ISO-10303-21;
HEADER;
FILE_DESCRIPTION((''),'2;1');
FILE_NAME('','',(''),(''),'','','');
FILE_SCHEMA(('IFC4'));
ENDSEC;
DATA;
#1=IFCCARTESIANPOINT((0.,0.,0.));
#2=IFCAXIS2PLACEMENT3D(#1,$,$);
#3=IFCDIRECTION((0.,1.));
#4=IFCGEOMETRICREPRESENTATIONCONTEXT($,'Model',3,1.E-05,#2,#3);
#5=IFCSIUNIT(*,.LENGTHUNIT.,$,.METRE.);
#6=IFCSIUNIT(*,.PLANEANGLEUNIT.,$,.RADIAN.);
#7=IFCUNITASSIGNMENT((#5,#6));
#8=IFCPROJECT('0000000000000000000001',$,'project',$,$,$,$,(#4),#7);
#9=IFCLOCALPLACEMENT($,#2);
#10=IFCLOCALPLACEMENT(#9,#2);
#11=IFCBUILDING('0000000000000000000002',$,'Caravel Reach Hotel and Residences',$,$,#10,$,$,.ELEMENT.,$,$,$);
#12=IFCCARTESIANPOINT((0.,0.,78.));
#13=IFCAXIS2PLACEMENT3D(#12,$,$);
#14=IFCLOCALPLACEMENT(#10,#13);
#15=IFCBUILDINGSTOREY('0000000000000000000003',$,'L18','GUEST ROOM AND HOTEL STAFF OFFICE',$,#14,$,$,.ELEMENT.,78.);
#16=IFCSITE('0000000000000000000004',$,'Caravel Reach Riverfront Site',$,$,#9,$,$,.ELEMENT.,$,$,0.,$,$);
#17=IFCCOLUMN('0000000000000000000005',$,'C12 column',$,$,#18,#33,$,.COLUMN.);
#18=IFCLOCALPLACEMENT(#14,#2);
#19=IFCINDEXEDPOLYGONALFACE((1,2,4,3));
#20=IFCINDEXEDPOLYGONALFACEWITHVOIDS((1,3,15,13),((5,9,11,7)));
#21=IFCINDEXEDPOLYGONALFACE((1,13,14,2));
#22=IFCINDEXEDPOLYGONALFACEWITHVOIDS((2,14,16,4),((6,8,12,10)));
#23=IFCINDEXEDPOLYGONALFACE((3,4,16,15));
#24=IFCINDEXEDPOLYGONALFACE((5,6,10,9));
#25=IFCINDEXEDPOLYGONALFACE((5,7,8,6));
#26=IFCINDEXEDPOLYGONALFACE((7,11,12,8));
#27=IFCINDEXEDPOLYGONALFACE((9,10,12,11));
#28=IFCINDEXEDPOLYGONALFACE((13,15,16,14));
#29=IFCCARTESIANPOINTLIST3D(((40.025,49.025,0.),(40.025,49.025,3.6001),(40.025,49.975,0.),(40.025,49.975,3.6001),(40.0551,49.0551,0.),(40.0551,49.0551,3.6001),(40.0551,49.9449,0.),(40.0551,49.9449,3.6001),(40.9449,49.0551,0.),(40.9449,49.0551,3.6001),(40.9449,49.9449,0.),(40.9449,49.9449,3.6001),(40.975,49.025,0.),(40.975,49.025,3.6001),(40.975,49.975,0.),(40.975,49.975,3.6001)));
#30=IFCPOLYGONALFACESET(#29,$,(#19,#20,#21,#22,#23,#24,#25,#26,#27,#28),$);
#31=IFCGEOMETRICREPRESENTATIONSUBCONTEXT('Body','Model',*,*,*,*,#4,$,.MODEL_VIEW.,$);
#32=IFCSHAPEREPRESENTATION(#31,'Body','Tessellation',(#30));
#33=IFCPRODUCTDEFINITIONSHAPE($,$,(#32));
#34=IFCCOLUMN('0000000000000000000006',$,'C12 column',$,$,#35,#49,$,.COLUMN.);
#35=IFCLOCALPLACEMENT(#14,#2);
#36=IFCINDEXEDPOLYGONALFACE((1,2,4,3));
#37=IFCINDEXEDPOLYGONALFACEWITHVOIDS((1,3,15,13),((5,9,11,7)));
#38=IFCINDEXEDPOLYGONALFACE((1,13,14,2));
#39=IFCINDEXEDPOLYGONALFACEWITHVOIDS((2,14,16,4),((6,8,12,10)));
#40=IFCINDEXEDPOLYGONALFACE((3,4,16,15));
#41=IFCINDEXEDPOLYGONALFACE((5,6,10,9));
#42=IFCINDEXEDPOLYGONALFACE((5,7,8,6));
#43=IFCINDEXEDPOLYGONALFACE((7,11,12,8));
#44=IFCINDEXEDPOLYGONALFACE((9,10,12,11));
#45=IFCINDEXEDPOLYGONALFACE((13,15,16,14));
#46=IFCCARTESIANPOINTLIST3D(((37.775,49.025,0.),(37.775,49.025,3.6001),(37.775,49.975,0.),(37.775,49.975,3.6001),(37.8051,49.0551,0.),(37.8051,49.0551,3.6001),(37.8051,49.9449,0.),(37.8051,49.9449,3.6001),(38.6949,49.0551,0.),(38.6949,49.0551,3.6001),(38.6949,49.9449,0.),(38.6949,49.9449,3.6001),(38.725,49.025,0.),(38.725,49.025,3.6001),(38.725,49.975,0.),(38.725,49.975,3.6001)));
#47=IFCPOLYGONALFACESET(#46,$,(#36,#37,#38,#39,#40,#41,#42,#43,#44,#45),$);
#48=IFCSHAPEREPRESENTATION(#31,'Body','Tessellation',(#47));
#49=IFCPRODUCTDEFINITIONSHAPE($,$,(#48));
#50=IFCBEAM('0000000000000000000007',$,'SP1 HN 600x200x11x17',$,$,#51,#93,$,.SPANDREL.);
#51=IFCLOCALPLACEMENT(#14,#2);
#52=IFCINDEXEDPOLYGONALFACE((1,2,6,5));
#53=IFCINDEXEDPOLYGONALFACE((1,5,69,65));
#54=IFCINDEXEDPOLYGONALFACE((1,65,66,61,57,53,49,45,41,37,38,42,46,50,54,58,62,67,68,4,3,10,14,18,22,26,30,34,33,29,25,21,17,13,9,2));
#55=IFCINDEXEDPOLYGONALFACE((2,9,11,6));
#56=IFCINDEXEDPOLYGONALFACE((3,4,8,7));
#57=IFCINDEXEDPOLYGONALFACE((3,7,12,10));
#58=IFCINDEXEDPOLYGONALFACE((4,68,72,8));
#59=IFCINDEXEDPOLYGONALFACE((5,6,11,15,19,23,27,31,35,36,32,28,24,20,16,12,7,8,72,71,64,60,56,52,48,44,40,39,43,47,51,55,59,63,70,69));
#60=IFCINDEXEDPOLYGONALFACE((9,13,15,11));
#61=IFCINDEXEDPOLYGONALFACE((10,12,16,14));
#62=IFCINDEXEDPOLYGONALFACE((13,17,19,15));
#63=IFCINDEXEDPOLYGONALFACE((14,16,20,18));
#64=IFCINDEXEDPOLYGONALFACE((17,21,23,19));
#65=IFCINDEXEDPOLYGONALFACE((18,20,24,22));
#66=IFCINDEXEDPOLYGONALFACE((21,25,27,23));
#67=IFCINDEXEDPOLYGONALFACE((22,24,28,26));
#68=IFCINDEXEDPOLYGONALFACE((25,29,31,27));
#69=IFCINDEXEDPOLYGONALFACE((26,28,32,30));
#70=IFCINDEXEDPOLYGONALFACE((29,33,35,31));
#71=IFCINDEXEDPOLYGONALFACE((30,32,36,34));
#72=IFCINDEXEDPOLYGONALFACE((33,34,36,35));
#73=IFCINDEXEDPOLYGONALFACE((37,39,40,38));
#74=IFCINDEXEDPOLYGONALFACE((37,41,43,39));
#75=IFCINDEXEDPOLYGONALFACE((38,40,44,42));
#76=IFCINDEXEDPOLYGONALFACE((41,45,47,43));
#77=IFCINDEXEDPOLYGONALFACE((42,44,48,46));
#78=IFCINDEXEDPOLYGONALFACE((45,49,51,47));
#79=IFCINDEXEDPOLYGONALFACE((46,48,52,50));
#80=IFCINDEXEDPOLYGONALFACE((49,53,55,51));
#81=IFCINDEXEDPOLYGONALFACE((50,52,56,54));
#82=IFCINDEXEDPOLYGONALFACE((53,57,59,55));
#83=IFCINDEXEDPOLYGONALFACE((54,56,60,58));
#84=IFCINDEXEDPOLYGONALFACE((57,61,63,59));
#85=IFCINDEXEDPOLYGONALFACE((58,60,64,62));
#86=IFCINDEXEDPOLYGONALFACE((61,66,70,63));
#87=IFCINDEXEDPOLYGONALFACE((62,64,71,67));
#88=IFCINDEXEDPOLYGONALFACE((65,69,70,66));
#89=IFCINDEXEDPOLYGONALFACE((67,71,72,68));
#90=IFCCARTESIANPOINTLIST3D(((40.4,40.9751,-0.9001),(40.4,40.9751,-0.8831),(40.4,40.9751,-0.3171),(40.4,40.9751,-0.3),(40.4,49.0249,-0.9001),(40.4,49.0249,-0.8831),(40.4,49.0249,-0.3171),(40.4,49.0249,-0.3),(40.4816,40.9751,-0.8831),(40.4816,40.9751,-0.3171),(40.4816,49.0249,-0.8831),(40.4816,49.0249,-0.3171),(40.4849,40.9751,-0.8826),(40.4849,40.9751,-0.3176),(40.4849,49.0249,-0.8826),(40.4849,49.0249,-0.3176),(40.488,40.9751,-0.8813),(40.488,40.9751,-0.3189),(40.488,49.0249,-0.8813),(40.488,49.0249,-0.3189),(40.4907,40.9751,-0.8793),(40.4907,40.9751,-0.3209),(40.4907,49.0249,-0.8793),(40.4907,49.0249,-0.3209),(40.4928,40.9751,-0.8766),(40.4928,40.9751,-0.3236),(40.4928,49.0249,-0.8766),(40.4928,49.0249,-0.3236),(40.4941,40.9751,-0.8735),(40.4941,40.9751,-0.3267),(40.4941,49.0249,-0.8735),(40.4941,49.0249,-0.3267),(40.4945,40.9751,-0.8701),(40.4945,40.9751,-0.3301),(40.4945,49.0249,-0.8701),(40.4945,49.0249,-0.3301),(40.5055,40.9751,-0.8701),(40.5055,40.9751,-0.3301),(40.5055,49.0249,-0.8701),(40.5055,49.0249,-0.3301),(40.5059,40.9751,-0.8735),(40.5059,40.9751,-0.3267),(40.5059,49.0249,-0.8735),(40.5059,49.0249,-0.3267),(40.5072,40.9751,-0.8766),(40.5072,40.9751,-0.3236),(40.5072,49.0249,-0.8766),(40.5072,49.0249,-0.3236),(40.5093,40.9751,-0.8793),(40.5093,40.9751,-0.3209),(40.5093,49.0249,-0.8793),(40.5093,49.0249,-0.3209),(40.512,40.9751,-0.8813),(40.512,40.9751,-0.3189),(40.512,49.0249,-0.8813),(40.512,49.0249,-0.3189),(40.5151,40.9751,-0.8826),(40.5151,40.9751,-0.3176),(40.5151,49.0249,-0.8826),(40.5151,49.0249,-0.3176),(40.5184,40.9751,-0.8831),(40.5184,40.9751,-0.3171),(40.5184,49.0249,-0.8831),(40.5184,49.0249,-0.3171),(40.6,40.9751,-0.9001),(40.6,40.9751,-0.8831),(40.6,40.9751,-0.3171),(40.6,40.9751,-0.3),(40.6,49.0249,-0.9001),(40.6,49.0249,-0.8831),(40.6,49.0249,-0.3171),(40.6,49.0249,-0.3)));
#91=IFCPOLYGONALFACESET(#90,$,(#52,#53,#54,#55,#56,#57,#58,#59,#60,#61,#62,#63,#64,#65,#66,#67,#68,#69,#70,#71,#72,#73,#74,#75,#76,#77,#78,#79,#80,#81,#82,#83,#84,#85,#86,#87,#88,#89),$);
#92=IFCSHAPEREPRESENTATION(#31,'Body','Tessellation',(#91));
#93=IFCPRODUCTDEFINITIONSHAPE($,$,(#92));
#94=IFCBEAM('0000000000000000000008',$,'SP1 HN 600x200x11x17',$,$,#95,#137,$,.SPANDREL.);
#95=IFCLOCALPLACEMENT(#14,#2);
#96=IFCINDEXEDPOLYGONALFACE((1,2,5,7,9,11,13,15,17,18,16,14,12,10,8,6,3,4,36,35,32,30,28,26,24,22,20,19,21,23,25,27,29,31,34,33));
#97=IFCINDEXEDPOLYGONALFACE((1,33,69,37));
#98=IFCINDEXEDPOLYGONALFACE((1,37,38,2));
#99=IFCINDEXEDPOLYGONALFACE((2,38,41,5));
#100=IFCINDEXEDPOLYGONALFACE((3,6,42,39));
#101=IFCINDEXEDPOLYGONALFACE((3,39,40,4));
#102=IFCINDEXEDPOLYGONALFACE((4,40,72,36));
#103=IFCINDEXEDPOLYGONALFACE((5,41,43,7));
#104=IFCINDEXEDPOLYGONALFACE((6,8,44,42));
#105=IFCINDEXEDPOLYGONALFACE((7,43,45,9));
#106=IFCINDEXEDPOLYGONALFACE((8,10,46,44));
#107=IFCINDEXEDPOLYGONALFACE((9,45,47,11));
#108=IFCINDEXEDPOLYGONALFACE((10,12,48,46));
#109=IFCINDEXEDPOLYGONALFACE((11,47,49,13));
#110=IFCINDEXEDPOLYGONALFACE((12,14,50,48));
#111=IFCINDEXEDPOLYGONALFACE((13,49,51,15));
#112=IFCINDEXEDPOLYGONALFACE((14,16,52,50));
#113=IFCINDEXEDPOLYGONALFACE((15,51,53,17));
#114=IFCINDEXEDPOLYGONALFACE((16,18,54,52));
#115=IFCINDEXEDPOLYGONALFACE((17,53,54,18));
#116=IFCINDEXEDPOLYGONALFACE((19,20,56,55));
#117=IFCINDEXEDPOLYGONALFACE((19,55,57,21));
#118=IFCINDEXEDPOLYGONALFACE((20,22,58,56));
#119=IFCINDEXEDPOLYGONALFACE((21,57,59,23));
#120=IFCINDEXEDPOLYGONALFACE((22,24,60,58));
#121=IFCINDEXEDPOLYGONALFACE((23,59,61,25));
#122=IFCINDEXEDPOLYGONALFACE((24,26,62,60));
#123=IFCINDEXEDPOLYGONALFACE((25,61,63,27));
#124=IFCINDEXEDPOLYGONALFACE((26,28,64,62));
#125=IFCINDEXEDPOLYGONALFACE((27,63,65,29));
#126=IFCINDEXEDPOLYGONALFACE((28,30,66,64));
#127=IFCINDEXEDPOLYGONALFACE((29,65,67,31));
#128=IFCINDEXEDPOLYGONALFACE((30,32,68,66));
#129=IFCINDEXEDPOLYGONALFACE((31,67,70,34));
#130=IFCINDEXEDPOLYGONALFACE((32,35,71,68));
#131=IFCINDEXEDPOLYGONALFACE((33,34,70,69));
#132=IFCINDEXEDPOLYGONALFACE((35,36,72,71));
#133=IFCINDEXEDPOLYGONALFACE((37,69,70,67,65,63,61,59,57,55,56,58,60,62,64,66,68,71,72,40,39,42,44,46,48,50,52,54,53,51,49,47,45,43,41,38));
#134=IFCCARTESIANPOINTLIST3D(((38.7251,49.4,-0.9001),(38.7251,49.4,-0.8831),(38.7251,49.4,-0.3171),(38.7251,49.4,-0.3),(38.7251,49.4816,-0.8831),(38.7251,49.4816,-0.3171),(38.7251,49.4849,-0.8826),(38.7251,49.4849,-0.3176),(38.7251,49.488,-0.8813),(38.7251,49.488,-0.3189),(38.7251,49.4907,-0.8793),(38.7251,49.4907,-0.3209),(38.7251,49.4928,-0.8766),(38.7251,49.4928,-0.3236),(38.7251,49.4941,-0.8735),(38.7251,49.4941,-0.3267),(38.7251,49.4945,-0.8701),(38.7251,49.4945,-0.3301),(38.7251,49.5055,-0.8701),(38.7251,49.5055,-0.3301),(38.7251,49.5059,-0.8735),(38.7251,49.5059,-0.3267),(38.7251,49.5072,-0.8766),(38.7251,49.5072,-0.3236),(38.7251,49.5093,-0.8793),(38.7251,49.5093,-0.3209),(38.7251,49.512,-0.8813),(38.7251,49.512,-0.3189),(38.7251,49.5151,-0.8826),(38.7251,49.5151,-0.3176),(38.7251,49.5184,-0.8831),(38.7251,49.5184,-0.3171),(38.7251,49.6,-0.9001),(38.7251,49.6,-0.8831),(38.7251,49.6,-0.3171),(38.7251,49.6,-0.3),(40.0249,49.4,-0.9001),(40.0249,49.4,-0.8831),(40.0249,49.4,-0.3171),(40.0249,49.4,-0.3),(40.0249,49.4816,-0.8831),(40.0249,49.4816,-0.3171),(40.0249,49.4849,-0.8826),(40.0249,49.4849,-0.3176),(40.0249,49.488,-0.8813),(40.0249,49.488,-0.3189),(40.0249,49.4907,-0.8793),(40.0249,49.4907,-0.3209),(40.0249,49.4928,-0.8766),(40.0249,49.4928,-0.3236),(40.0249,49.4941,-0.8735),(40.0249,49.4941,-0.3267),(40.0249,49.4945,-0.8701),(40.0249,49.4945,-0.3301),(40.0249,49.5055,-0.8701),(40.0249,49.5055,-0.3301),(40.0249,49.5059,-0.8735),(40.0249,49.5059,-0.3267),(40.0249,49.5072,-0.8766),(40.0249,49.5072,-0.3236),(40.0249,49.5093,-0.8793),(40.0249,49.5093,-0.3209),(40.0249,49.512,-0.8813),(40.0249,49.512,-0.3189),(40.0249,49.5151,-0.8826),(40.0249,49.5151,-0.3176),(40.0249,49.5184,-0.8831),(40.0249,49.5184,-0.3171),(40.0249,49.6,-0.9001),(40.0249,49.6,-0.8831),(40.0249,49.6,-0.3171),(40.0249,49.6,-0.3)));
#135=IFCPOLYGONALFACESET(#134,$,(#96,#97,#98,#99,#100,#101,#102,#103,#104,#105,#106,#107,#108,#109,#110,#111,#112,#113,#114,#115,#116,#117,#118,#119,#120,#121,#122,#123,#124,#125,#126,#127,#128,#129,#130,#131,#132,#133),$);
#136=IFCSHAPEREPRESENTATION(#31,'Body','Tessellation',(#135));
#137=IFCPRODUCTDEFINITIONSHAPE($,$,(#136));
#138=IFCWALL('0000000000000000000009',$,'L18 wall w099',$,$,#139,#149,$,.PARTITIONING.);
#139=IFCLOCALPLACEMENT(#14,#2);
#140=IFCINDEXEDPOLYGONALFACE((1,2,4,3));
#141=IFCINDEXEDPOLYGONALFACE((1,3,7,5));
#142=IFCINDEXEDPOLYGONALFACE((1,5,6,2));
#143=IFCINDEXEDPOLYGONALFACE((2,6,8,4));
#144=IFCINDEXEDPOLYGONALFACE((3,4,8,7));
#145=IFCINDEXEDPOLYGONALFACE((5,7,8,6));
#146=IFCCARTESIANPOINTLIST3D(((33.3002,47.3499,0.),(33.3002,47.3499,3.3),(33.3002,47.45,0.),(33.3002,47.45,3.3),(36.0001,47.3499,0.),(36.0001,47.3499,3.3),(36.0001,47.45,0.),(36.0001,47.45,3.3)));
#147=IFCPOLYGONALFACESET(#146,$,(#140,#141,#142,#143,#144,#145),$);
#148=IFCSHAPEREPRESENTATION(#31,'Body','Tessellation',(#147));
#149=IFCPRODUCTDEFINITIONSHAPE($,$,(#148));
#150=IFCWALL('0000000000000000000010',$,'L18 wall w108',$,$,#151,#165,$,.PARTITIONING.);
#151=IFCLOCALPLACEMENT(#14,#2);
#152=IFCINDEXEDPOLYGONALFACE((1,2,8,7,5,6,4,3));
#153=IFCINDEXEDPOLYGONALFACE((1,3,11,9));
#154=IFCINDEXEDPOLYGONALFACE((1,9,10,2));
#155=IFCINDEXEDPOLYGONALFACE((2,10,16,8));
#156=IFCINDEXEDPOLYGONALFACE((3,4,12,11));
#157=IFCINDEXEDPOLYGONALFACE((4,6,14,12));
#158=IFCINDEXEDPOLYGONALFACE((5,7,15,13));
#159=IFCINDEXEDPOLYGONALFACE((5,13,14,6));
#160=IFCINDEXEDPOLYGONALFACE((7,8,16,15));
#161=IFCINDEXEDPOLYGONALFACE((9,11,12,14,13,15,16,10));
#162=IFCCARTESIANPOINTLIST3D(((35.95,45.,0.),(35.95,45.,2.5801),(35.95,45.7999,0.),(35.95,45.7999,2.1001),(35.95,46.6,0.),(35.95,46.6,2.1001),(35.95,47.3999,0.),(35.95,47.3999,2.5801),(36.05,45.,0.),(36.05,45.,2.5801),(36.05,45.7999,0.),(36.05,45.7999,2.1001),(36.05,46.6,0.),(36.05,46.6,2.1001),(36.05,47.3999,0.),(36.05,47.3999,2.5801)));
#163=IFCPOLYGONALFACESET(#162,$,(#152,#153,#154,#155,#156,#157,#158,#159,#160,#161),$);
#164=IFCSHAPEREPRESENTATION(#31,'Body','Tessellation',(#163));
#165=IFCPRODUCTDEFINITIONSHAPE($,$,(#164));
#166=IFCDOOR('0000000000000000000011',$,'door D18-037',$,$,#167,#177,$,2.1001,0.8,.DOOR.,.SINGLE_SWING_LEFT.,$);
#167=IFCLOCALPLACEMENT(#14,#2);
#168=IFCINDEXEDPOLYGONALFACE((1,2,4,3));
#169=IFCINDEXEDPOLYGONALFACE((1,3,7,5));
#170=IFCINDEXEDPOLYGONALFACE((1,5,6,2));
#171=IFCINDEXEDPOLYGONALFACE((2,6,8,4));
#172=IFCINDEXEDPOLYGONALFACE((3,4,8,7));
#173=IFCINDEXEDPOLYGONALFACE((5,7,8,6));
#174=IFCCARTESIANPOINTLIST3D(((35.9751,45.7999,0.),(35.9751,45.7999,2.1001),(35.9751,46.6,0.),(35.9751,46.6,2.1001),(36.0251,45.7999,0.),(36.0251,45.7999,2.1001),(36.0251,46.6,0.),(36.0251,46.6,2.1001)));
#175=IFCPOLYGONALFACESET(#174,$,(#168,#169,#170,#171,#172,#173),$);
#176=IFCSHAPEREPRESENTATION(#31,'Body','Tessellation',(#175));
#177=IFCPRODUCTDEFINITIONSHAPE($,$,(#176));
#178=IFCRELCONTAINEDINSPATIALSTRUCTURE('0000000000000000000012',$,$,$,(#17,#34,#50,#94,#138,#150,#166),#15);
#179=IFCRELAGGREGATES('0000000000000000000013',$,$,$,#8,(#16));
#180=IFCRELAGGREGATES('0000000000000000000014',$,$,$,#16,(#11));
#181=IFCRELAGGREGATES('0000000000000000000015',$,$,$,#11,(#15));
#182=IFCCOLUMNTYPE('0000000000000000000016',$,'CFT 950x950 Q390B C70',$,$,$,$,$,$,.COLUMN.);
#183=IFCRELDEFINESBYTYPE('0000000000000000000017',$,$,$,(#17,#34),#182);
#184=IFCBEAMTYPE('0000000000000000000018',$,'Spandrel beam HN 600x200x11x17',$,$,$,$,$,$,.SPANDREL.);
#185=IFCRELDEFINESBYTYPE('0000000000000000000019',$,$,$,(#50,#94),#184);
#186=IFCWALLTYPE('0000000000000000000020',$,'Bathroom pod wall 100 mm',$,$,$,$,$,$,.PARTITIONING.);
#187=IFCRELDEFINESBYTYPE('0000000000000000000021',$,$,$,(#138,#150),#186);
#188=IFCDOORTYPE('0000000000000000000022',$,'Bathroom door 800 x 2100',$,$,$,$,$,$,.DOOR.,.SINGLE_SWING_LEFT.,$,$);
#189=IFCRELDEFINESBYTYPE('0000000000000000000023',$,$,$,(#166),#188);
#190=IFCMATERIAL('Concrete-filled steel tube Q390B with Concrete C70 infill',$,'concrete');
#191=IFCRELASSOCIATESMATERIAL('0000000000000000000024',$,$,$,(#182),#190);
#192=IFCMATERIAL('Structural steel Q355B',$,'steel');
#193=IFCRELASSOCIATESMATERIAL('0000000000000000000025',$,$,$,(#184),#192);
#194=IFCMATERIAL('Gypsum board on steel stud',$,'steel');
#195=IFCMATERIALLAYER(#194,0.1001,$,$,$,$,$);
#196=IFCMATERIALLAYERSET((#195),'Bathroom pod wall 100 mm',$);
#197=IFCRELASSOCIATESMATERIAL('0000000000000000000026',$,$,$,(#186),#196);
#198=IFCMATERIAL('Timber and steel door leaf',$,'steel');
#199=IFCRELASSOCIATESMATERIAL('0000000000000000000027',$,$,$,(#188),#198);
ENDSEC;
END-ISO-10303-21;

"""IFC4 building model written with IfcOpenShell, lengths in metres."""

from ifc_helpers import new_model, si_unit, direction, frame, frame_2d, origin, origin_2d, place, context, subcontext, project, spatial, rectangle, hollow_rectangle, i_section, extrude, material, layer, layer_set, material_profile, profile_set, type_object, element, fill, save


model = new_model("IFC4")

# Units and contexts
model_context = context("Model", 3, precision=1e-05, world=origin(), true_north=direction((0.0, 1.0)))
body_context = subcontext(model_context, "Body", "Model", "MODEL_VIEW")
ifc_project = project(units=[si_unit("LENGTHUNIT", "METRE"), si_unit("PLANEANGLEUNIT", "RADIAN")], contexts=[model_context])

# Site, building, storey
site_placement = place(None, origin())
site = spatial("IfcSite", under=ifc_project, at=site_placement, Name="Caravel Reach Riverfront Site", CompositionType="ELEMENT", RefElevation=0.0)
building_placement = place(site_placement, origin())
building = spatial("IfcBuilding", under=site, at=building_placement, Name="Caravel Reach Hotel and Residences", CompositionType="ELEMENT")
storey_placement = place(building_placement, frame((0.0, 0.0, 78.0)))
storey = spatial("IfcBuildingStorey", under=building, at=storey_placement, Name="L18", Description="GUEST ROOM AND HOTEL STAFF OFFICE", CompositionType="ELEMENT", Elevation=78.0)

# Columns
ifc_material_1 = material(Name="Concrete-filled steel tube Q390B with Concrete C70 infill", Category="concrete")
ifc_material_profile_1 = material_profile(ifc_material_1, hollow_rectangle(XDim=0.95, YDim=0.95, WallThickness=0.03, at=origin_2d()), Name="RHS 950x950x30")
ifc_profile_set_1 = profile_set([ifc_material_profile_1], Name="Concrete-filled steel tube Q390B with Concrete C70 infill")
column_type = type_object("IfcColumnType", Name="CFT 950x950 Q390B C70", PredefinedType="COLUMN", material=ifc_profile_set_1)
for number, where, z_axis, x_axis, name in (
    (1, (40.5, 49.5, 0.0), (0.0, 0.0, 1.0), (1.0, 0.0, 0.0), "C12 column"),
    (2, (38.25, 49.5, 0.0), (0.0, 0.0, 1.0), (1.0, 0.0, 0.0), "C12 column"),
):
    element("IfcColumn", number, at=place(storey_placement, frame(where, z_axis=z_axis, x_axis=x_axis)), inside=storey, type_object=column_type, Name=name, PredefinedType="COLUMN", context=body_context, shape_type="SweptSolid", body=[
        extrude(hollow_rectangle(XDim=0.95, YDim=0.95, WallThickness=0.03, at=origin_2d()), origin(), (0.0, 0.0, 1.0), 3.6001),
    ])

# Beams
ifc_material_2 = material(Name="Structural steel Q355B", Category="steel")
ifc_material_profile_2 = material_profile(ifc_material_2, i_section(OverallWidth=0.2, OverallDepth=0.6001, WebThickness=0.011, FlangeThickness=0.0171, FilletRadius=0.0129, at=origin_2d()), Name="HN 600x200x11x17")
ifc_profile_set_2 = profile_set([ifc_material_profile_2], Name="Structural steel Q355B")
beam_type = type_object("IfcBeamType", Name="Spandrel beam HN 600x200x11x17", PredefinedType="SPANDREL", material=ifc_profile_set_2)
beam_1_placement = place(storey_placement, frame((40.5, 40.9751, -0.6001), z_axis=(0.0, 1.0, 0.0), x_axis=(-1.0, 0.0, 0.0)))
element("IfcBeam", 3, at=beam_1_placement, inside=storey, type_object=beam_type, Name="SP1 HN 600x200x11x17", PredefinedType="SPANDREL", context=body_context, shape_type="SweptSolid", body=[
    extrude(i_section(OverallWidth=0.2, OverallDepth=0.6001, WebThickness=0.011, FlangeThickness=0.0171, FilletRadius=0.0129, at=origin_2d()), origin(), (0.0, 0.0, 1.0), 8.0498),
])
beam_2_placement = place(storey_placement, frame((40.0249, 49.5, -0.6001), z_axis=(-1.0, 0.0, 0.0), x_axis=(0.0, -1.0, 0.0)))
element("IfcBeam", 4, at=beam_2_placement, inside=storey, type_object=beam_type, Name="SP1 HN 600x200x11x17", PredefinedType="SPANDREL", context=body_context, shape_type="SweptSolid", body=[
    extrude(i_section(OverallWidth=0.2, OverallDepth=0.6001, WebThickness=0.011, FlangeThickness=0.0171, FilletRadius=0.0129, at=origin_2d()), origin(), (0.0, 0.0, 1.0), 1.2998),
])

# Wall
ifc_material_3 = material(Name="Gypsum board on steel stud", Category="steel")
ifc_layer_1 = layer(ifc_material_3, 0.1001)
ifc_layer_set_1 = layer_set([ifc_layer_1], Name="Bathroom pod wall 100 mm")
wall_type_1 = type_object("IfcWallType", Name="Bathroom pod wall 100 mm", PredefinedType="PARTITIONING", material=ifc_layer_set_1)
wall_1_placement = place(storey_placement, frame((33.3, 47.3999, 0.0), z_axis=(0.0, 0.0, 1.0), x_axis=(1.0, 0.0, 0.0)))
element("IfcWall", 5, at=wall_1_placement, inside=storey, type_object=wall_type_1, Name="L18 wall w099", PredefinedType="PARTITIONING", context=body_context, shape_type="SweptSolid", body=[
    extrude(rectangle(XDim=2.7, YDim=0.1001, at=frame_2d((1.3501, 0.0))), origin(), (0.0, 0.0, 1.0), 3.3),
])

# Wall, opening, door
wall_2_placement = place(storey_placement, frame((36.0, 45.0, 0.0), z_axis=(0.0, 0.0, 1.0), x_axis=(0.0, 1.0, 0.0)))
wall_2 = element("IfcWall", 6, at=wall_2_placement, inside=storey, type_object=wall_type_1, Name="L18 wall w108", PredefinedType="PARTITIONING", context=body_context, shape_type="SweptSolid", body=[
    extrude(rectangle(XDim=2.3999, YDim=0.1001, at=frame_2d((1.2, 0.0))), origin(), (0.0, 0.0, 1.0), 2.5801),
])
opening_1_placement = place(wall_2_placement, frame((0.8, 0.0, 0.0)))
opening_1 = element("IfcOpeningElement", 7, at=opening_1_placement, cuts=wall_2, PredefinedType="OPENING", context=body_context, shape_type="SweptSolid", body=[
    extrude(rectangle(XDim=0.8, YDim=2.1001, at=frame_2d((0.3999, 1.05))), frame((0.0, 0.0601, 0.0), z_axis=(0.0, -1.0, 0.0), x_axis=(1.0, 0.0, 0.0)), (0.0, 0.0, 1.0), 0.1201),
])
ifc_material_4 = material(Name="Timber and steel door leaf", Category="steel")
door_type_1 = type_object("IfcDoorType", Name="Bathroom door 800 x 2100", OperationType="SINGLE_SWING_LEFT", PredefinedType="DOOR", material=ifc_material_4)
door_1_placement = place(opening_1_placement, origin())
door_1 = element("IfcDoor", 8, at=door_1_placement, inside=storey, type_object=door_type_1, Name="door D18-037", OperationType="SINGLE_SWING_LEFT", OverallHeight=2.1001, OverallWidth=0.8, PredefinedType="DOOR", context=body_context, shape_type="SweptSolid", body=[
    extrude(rectangle(XDim=0.8, YDim=2.1001, at=frame_2d((0.3999, 1.05))), frame((0.0, 0.0249, 0.0), z_axis=(0.0, -1.0, 0.0), x_axis=(1.0, 0.0, 0.0)), (0.0, 0.0, 1.0), 0.05),
])
fill(opening_1, door_1)

save(model, "model.ifc")
